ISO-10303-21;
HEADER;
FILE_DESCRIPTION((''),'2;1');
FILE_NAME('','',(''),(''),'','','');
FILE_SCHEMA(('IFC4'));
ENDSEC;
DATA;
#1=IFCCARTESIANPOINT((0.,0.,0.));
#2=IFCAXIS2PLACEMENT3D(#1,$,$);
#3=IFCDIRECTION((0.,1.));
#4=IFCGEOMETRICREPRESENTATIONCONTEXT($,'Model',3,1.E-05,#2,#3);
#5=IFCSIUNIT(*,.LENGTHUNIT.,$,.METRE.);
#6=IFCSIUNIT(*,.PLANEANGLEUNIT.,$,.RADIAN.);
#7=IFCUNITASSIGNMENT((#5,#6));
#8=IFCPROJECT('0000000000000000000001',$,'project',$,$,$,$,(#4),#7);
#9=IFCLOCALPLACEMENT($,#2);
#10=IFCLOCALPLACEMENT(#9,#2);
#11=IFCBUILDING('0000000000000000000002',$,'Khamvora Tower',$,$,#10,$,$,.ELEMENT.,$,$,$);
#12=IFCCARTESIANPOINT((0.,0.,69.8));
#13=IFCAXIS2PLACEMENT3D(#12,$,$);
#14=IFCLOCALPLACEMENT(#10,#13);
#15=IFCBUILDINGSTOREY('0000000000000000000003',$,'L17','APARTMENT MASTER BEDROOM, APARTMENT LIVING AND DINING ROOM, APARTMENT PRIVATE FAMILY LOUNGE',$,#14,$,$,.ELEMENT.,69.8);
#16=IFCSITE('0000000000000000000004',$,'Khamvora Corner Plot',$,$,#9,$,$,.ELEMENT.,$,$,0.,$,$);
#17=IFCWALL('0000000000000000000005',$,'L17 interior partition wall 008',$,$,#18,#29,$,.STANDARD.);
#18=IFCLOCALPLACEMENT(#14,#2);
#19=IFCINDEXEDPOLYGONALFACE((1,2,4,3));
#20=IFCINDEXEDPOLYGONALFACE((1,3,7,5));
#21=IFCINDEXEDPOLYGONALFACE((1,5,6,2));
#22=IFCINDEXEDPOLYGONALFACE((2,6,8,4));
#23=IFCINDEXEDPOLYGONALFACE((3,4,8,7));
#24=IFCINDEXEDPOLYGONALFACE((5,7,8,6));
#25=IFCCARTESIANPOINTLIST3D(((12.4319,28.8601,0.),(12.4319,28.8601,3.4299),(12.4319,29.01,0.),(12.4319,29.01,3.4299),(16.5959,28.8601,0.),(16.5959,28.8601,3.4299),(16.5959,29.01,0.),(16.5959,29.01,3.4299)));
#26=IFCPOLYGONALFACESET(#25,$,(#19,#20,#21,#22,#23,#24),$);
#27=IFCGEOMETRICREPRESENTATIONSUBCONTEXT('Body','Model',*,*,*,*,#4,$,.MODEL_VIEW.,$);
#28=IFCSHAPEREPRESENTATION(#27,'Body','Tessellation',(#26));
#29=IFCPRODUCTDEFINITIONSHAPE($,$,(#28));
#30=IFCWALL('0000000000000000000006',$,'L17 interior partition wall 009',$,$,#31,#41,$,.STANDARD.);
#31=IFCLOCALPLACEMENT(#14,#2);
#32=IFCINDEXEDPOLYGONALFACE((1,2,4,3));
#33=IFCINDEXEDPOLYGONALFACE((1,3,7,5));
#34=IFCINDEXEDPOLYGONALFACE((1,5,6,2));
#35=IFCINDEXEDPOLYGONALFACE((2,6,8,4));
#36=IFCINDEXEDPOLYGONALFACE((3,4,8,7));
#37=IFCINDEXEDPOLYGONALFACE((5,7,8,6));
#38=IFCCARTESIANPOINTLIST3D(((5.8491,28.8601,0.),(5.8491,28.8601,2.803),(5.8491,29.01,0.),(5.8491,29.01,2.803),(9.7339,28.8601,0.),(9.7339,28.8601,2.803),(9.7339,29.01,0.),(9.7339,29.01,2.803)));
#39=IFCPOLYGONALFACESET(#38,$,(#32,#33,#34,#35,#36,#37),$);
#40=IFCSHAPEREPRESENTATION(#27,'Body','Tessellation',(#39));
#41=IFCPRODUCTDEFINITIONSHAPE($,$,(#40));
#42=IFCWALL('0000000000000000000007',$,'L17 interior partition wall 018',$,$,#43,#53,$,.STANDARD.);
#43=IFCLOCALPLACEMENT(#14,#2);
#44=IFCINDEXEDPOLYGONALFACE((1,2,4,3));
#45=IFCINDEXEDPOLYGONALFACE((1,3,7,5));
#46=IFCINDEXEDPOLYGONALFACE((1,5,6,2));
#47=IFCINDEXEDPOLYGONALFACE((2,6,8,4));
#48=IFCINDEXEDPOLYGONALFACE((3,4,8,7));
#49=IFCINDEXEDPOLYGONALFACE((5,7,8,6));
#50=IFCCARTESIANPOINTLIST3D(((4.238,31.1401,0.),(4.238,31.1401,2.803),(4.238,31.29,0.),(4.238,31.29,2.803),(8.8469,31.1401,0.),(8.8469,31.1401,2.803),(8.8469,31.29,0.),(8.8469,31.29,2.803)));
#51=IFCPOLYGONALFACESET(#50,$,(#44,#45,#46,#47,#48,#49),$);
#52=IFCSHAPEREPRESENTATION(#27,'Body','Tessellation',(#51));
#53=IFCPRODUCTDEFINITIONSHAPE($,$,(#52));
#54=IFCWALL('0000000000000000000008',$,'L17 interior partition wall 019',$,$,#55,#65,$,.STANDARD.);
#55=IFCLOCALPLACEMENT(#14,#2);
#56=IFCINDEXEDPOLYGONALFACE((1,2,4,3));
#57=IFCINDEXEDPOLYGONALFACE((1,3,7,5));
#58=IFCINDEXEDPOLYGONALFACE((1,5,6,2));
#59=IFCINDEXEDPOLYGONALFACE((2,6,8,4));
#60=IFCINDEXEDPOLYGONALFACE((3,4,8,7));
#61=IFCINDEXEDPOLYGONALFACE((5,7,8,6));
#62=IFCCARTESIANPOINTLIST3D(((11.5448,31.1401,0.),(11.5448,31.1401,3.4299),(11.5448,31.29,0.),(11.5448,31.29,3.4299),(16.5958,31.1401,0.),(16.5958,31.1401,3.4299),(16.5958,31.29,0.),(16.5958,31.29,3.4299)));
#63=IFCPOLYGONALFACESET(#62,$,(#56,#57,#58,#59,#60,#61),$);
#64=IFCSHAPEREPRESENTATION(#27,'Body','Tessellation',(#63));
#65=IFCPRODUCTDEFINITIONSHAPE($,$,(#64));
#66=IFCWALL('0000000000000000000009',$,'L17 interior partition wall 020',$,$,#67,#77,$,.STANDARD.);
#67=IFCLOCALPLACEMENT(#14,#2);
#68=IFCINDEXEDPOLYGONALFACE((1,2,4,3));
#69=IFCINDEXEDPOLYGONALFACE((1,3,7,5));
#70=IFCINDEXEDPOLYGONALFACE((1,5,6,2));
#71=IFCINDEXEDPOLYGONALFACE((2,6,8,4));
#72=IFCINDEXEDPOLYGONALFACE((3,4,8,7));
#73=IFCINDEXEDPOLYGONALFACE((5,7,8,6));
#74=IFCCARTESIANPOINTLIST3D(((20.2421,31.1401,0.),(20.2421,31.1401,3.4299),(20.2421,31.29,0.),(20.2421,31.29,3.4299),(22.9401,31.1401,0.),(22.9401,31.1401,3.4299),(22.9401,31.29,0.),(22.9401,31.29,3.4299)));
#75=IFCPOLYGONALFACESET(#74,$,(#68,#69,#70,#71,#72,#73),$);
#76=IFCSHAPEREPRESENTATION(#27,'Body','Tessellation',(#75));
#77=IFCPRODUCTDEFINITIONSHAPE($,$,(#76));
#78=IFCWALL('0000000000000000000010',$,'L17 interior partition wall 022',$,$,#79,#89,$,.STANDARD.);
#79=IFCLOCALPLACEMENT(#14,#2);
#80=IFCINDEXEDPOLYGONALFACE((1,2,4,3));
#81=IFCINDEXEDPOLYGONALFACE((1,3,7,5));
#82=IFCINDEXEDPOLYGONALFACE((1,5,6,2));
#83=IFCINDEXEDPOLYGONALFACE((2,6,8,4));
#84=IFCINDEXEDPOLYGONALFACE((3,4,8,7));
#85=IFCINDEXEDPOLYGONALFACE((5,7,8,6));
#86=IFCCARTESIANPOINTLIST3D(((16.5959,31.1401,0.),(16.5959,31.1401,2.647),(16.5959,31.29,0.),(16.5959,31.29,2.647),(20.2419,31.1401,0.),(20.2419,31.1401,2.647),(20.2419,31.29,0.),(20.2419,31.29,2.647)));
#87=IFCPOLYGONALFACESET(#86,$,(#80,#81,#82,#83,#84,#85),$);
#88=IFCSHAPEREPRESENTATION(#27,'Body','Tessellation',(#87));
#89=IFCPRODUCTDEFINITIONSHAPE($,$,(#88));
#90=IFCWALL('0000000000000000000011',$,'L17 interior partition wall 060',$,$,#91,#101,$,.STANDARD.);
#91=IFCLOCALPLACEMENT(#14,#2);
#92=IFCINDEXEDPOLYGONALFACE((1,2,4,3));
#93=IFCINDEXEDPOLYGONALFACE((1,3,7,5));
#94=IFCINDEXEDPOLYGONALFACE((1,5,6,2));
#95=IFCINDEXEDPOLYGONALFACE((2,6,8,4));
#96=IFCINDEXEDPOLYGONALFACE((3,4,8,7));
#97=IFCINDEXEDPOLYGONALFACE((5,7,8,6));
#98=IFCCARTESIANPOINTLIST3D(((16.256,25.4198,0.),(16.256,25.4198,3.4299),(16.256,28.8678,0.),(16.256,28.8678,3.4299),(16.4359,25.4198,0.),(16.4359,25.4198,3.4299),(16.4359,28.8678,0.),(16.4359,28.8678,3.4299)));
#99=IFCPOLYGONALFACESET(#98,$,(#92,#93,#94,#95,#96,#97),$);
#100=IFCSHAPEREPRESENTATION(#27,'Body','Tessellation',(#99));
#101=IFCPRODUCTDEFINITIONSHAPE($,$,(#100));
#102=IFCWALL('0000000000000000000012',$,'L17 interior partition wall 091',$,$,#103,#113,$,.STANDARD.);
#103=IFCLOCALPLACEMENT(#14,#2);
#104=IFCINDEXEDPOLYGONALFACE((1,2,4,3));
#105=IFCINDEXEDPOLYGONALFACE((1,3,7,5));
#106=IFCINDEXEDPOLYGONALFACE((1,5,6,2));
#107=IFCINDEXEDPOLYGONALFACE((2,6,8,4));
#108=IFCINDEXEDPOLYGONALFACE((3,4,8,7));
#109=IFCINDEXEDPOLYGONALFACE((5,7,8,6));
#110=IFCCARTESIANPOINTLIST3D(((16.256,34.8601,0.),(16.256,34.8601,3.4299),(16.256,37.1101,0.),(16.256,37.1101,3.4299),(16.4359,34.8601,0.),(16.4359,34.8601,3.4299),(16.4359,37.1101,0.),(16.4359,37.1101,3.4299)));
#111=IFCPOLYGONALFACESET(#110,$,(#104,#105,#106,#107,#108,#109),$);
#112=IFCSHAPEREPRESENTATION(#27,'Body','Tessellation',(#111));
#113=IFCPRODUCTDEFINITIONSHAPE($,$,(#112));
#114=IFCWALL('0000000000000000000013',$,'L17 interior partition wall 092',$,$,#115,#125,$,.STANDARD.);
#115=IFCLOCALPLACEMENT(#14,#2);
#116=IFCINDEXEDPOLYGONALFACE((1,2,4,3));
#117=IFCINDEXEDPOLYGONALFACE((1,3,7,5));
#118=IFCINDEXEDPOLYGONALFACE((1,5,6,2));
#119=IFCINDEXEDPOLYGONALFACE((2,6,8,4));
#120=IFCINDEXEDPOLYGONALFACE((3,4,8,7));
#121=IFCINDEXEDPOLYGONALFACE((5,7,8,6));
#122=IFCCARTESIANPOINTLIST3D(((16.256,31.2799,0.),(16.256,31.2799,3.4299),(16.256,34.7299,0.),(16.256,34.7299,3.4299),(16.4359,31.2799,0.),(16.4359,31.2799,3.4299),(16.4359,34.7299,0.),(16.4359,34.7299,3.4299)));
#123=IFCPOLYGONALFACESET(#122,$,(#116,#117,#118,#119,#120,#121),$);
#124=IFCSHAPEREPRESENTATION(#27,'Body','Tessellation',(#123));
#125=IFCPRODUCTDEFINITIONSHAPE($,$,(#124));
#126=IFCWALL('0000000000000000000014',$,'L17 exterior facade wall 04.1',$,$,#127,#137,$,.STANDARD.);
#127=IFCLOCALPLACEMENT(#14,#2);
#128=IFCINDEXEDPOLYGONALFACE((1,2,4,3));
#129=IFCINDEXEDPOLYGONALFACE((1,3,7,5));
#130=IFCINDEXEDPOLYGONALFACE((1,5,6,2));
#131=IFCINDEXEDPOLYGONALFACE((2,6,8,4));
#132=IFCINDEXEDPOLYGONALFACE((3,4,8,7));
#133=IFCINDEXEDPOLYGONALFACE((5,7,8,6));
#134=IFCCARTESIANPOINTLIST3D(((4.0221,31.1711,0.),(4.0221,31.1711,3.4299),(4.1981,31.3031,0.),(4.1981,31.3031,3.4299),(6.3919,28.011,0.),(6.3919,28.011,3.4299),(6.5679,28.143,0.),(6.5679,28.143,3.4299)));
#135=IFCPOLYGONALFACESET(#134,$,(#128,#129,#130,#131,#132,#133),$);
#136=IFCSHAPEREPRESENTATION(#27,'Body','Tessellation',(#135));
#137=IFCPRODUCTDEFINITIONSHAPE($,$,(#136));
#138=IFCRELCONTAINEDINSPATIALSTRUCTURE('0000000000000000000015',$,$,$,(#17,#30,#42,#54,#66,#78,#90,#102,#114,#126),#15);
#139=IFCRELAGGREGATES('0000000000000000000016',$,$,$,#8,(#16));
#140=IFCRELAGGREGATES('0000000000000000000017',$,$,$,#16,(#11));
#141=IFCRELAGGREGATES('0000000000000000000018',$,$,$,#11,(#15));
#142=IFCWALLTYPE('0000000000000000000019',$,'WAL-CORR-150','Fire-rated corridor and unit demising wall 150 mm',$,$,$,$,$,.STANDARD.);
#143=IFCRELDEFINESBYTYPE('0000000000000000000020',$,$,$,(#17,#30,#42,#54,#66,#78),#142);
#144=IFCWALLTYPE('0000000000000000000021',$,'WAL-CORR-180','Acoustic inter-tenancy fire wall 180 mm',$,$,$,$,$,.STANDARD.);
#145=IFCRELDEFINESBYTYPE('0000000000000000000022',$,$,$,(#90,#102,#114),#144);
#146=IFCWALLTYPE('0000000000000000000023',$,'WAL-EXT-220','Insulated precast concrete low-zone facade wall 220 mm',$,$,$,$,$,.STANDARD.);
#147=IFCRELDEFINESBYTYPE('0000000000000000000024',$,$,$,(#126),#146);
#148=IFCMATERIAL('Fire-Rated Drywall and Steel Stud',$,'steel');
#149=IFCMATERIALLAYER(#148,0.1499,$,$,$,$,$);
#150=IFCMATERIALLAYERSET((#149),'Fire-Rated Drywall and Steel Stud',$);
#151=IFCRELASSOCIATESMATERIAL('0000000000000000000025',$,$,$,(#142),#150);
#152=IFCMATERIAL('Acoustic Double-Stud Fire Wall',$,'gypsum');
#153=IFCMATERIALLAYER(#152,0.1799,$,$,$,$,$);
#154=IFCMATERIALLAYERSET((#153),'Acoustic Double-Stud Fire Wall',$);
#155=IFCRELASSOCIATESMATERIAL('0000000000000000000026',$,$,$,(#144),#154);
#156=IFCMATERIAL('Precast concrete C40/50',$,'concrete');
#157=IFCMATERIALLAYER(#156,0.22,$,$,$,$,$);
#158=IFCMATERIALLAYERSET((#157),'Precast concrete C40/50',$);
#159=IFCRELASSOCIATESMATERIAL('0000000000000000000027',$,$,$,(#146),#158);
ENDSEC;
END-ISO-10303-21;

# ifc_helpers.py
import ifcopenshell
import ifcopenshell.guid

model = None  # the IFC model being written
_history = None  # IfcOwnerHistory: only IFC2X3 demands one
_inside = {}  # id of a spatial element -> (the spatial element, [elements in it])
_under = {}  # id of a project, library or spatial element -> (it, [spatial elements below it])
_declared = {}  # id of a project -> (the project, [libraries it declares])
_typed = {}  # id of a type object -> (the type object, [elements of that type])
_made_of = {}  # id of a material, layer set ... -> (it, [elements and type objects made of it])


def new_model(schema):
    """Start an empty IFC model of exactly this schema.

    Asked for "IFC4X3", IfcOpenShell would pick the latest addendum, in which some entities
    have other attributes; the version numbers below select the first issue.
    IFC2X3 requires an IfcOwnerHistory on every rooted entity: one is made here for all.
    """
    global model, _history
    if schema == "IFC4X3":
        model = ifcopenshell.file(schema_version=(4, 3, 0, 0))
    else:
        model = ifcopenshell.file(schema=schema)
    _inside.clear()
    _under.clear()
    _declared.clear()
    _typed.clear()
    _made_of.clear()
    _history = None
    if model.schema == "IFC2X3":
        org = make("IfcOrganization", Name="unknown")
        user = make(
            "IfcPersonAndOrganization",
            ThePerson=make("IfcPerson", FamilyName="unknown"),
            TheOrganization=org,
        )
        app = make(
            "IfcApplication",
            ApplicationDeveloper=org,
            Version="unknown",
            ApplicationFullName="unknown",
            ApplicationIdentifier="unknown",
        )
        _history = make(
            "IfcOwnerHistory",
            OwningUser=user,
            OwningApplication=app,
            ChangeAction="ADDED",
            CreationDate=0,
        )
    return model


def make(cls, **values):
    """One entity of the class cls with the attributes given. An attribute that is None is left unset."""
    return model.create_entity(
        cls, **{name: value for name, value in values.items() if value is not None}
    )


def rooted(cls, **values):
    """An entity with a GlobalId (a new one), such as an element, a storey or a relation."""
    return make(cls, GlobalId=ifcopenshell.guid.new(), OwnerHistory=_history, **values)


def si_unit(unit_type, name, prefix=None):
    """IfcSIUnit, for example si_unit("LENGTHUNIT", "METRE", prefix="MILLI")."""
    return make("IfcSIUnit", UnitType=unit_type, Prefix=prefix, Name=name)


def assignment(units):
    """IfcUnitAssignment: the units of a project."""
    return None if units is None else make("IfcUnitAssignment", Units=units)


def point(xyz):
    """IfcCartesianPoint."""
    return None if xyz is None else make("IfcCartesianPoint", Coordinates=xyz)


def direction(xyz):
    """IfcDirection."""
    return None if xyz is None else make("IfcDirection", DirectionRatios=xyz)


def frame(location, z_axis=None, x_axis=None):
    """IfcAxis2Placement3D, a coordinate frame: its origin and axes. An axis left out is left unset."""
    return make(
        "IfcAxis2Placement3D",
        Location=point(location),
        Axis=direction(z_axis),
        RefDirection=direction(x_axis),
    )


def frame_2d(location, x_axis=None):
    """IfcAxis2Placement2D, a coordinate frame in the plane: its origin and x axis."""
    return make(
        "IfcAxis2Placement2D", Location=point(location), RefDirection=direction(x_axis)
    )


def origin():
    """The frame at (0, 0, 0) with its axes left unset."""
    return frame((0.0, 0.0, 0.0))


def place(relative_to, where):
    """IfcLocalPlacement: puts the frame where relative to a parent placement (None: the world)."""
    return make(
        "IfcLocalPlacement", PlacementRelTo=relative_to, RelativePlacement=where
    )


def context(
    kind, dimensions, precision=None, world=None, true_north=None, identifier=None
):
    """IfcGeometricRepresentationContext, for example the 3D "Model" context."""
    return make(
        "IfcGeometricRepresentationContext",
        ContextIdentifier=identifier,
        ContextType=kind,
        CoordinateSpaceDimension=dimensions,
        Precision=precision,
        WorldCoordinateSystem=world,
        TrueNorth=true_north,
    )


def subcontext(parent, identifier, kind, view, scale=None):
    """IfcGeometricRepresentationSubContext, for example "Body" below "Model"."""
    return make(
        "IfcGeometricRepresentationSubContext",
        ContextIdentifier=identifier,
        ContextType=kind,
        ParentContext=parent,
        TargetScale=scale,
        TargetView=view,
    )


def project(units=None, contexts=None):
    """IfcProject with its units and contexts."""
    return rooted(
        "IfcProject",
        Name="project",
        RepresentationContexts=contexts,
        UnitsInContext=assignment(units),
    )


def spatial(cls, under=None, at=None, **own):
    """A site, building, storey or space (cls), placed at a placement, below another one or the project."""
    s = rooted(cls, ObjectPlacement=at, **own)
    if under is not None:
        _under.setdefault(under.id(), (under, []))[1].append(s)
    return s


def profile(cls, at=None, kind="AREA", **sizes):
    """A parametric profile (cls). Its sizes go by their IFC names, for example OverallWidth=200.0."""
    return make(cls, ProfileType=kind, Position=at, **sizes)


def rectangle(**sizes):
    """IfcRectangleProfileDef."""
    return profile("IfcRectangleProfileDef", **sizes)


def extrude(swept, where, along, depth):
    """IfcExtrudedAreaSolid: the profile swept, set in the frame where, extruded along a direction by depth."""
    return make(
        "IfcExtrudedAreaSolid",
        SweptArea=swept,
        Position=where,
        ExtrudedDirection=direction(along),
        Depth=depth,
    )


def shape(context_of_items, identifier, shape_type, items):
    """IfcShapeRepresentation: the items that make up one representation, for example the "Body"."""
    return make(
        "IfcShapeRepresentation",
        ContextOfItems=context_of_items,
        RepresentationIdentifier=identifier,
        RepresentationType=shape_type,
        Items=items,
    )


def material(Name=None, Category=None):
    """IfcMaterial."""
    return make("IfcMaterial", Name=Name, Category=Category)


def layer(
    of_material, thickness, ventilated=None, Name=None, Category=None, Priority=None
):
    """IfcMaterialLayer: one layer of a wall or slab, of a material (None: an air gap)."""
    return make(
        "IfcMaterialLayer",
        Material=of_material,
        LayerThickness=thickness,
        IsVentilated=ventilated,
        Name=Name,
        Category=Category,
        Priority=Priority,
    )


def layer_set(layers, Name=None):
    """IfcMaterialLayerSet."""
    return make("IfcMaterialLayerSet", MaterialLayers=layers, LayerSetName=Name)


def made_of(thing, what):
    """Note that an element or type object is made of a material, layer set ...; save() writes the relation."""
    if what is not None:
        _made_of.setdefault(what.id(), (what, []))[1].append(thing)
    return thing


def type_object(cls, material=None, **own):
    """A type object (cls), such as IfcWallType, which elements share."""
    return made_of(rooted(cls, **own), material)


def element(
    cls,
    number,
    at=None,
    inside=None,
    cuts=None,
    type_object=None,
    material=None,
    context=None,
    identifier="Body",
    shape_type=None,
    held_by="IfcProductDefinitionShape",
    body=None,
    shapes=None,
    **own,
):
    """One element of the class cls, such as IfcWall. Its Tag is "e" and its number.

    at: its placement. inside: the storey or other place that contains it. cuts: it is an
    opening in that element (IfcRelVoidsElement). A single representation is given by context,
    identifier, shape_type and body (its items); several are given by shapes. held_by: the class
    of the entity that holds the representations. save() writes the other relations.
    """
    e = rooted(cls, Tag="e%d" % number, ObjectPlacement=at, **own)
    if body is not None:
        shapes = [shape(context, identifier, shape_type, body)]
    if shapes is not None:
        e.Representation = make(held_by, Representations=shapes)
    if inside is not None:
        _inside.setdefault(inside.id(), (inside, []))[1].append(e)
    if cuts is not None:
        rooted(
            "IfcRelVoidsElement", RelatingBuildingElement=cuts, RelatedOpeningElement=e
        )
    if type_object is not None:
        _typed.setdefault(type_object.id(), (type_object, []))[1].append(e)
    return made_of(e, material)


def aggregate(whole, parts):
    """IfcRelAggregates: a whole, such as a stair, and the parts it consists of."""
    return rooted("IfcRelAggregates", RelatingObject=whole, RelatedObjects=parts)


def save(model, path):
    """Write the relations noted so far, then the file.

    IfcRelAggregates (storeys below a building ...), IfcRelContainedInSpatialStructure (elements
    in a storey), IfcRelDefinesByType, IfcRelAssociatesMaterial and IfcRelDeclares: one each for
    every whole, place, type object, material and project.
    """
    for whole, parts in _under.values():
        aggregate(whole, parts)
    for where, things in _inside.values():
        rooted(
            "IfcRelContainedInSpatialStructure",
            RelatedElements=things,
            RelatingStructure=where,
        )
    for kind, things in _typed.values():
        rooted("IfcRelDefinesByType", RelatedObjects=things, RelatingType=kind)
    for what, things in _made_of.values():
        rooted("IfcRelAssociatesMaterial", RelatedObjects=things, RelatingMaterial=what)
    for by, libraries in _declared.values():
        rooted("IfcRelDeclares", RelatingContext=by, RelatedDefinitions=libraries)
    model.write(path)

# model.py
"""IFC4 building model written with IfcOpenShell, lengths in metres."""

from ifc_helpers import new_model, si_unit, direction, frame, frame_2d, origin, place, context, subcontext, project, spatial, rectangle, extrude, material, layer, layer_set, type_object, element, save


model = new_model("IFC4")

# Units and contexts
model_context = context("Model", 3, precision=1e-05, world=origin(), true_north=direction((0.0, 1.0)))
body_context = subcontext(model_context, "Body", "Model", "MODEL_VIEW")
ifc_project = project(units=[si_unit("LENGTHUNIT", "METRE"), si_unit("PLANEANGLEUNIT", "RADIAN")], contexts=[model_context])

# Site, building, storey
site_placement = place(None, origin())
site = spatial("IfcSite", under=ifc_project, at=site_placement, Name="Khamvora Corner Plot", CompositionType="ELEMENT", RefElevation=0.0)
building_placement = place(site_placement, origin())
building = spatial("IfcBuilding", under=site, at=building_placement, Name="Khamvora Tower", CompositionType="ELEMENT")
storey_placement = place(building_placement, frame((0.0, 0.0, 69.8)))
storey = spatial("IfcBuildingStorey", under=building, at=storey_placement, Name="L17", Description="APARTMENT MASTER BEDROOM, APARTMENT LIVING AND DINING ROOM, APARTMENT PRIVATE FAMILY LOUNGE", CompositionType="ELEMENT", Elevation=69.8)

# Shared definitions
ifc_material_1 = material(Name="Fire-Rated Drywall and Steel Stud", Category="steel")
ifc_layer_1 = layer(ifc_material_1, 0.1499)
ifc_layer_set_1 = layer_set([ifc_layer_1], Name="Fire-Rated Drywall and Steel Stud")
wall_type_1 = type_object("IfcWallType", Name="WAL-CORR-150", Description="Fire-rated corridor and unit demising wall 150 mm", PredefinedType="STANDARD", material=ifc_layer_set_1)

# Walls
wall_1_placement = place(storey_placement, frame((16.5959, 28.9351, 0.0), z_axis=(0.0, 0.0, 1.0), x_axis=(-1.0, 0.0, 0.0)))
element("IfcWall", 1, at=wall_1_placement, inside=storey, type_object=wall_type_1, Name="L17 interior partition wall 008", PredefinedType="STANDARD", context=body_context, shape_type="SweptSolid", body=[
    extrude(rectangle(XDim=4.1641, YDim=0.1499, at=frame_2d((2.082, 0.0))), origin(), (0.0, 0.0, 1.0), 3.4299),
])
wall_2_placement = place(storey_placement, frame((9.7339, 28.9351, 0.0), z_axis=(0.0, 0.0, 1.0), x_axis=(-1.0, 0.0, 0.0)))
element("IfcWall", 2, at=wall_2_placement, inside=storey, type_object=wall_type_1, Name="L17 interior partition wall 009", PredefinedType="STANDARD", context=body_context, shape_type="SweptSolid", body=[
    extrude(rectangle(XDim=3.8848, YDim=0.1499, at=frame_2d((1.9424, 0.0))), origin(), (0.0, 0.0, 1.0), 2.803),
])

# Walls
wall_3_placement = place(storey_placement, frame((4.238, 31.2151, 0.0), z_axis=(0.0, 0.0, 1.0), x_axis=(1.0, 0.0, 0.0)))
element("IfcWall", 3, at=wall_3_placement, inside=storey, type_object=wall_type_1, Name="L17 interior partition wall 018", PredefinedType="STANDARD", context=body_context, shape_type="SweptSolid", body=[
    extrude(rectangle(XDim=4.6089, YDim=0.1499, at=frame_2d((2.3044, 0.0))), origin(), (0.0, 0.0, 1.0), 2.803),
])
wall_4_placement = place(storey_placement, frame((11.5449, 31.2151, 0.0), z_axis=(0.0, 0.0, 1.0), x_axis=(1.0, 0.0, 0.0)))
element("IfcWall", 4, at=wall_4_placement, inside=storey, type_object=wall_type_1, Name="L17 interior partition wall 019", PredefinedType="STANDARD", context=body_context, shape_type="SweptSolid", body=[
    extrude(rectangle(XDim=5.051, YDim=0.1499, at=frame_2d((2.5254, 0.0))), origin(), (0.0, 0.0, 1.0), 3.4299),
])
wall_5_placement = place(storey_placement, frame((20.2419, 31.2151, 0.0), z_axis=(0.0, 0.0, 1.0), x_axis=(1.0, 0.0, 0.0)))
element("IfcWall", 5, at=wall_5_placement, inside=storey, type_object=wall_type_1, Name="L17 interior partition wall 020", PredefinedType="STANDARD", context=body_context, shape_type="SweptSolid", body=[
    extrude(rectangle(XDim=2.698, YDim=0.1499, at=frame_2d((1.3491, 0.0))), origin(), (0.0, 0.0, 1.0), 3.4299),
])
wall_6_placement = place(storey_placement, frame((16.5959, 31.2151, 0.0), z_axis=(0.0, 0.0, 1.0), x_axis=(1.0, 0.0, 0.0)))
element("IfcWall", 6, at=wall_6_placement, inside=storey, type_object=wall_type_1, Name="L17 interior partition wall 022", PredefinedType="STANDARD", context=body_context, shape_type="SweptSolid", body=[
    extrude(rectangle(XDim=3.646, YDim=0.1499, at=frame_2d((1.823, 0.0))), origin(), (0.0, 0.0, 1.0), 2.647),
])
ifc_material_2 = material(Name="Acoustic Double-Stud Fire Wall", Category="gypsum")
ifc_layer_2 = layer(ifc_material_2, 0.1799)
ifc_layer_set_2 = layer_set([ifc_layer_2], Name="Acoustic Double-Stud Fire Wall")
wall_type_2 = type_object("IfcWallType", Name="WAL-CORR-180", Description="Acoustic inter-tenancy fire wall 180 mm", PredefinedType="STANDARD", material=ifc_layer_set_2)
wall_7_placement = place(storey_placement, frame((16.3459, 28.8679, 0.0), z_axis=(0.0, 0.0, 1.0), x_axis=(0.0, -1.0, 0.0)))
element("IfcWall", 7, at=wall_7_placement, inside=storey, type_object=wall_type_2, Name="L17 interior partition wall 060", PredefinedType="STANDARD", context=body_context, shape_type="SweptSolid", body=[
    extrude(rectangle(XDim=3.448, YDim=0.1799, at=frame_2d((1.7241, 0.0))), origin(), (0.0, 0.0, 1.0), 3.4299),
])
wall_8_placement = place(storey_placement, frame((16.3459, 37.1101, 0.0), z_axis=(0.0, 0.0, 1.0), x_axis=(0.0, -1.0, 0.0)))
element("IfcWall", 8, at=wall_8_placement, inside=storey, type_object=wall_type_2, Name="L17 interior partition wall 091", PredefinedType="STANDARD", context=body_context, shape_type="SweptSolid", body=[
    extrude(rectangle(XDim=2.25, YDim=0.1799, at=frame_2d((1.125, 0.0))), origin(), (0.0, 0.0, 1.0), 3.4299),
])
wall_9_placement = place(storey_placement, frame((16.3459, 34.73, 0.0), z_axis=(0.0, 0.0, 1.0), x_axis=(0.0, -1.0, 0.0)))
element("IfcWall", 9, at=wall_9_placement, inside=storey, type_object=wall_type_2, Name="L17 interior partition wall 092", PredefinedType="STANDARD", context=body_context, shape_type="SweptSolid", body=[
    extrude(rectangle(XDim=3.45, YDim=0.1799, at=frame_2d((1.7251, 0.0))), origin(), (0.0, 0.0, 1.0), 3.4299),
])
ifc_material_3 = material(Name="Precast concrete C40/50", Category="concrete")
ifc_layer_3 = layer(ifc_material_3, 0.22)
ifc_layer_set_3 = layer_set([ifc_layer_3], Name="Precast concrete C40/50")
wall_type_3 = type_object("IfcWallType", Name="WAL-EXT-220", Description="Insulated precast concrete low-zone facade wall 220 mm", PredefinedType="STANDARD", material=ifc_layer_set_3)
wall_10_placement = place(storey_placement, frame((6.48, 28.0769, 0.0), z_axis=(0.0, 0.0, 1.0), x_axis=(-0.59996, 0.80003, 0.0)))
element("IfcWall", 10, at=wall_10_placement, inside=storey, type_object=wall_type_3, Name="L17 exterior facade wall 04.1", PredefinedType="STANDARD", context=body_context, shape_type="SweptSolid", body=[
    extrude(rectangle(XDim=3.95, YDim=0.22, at=frame_2d((1.9751, 0.0))), origin(), (0.0, 0.0, 1.0), 3.4299),
])

save(model, "model.ifc")
